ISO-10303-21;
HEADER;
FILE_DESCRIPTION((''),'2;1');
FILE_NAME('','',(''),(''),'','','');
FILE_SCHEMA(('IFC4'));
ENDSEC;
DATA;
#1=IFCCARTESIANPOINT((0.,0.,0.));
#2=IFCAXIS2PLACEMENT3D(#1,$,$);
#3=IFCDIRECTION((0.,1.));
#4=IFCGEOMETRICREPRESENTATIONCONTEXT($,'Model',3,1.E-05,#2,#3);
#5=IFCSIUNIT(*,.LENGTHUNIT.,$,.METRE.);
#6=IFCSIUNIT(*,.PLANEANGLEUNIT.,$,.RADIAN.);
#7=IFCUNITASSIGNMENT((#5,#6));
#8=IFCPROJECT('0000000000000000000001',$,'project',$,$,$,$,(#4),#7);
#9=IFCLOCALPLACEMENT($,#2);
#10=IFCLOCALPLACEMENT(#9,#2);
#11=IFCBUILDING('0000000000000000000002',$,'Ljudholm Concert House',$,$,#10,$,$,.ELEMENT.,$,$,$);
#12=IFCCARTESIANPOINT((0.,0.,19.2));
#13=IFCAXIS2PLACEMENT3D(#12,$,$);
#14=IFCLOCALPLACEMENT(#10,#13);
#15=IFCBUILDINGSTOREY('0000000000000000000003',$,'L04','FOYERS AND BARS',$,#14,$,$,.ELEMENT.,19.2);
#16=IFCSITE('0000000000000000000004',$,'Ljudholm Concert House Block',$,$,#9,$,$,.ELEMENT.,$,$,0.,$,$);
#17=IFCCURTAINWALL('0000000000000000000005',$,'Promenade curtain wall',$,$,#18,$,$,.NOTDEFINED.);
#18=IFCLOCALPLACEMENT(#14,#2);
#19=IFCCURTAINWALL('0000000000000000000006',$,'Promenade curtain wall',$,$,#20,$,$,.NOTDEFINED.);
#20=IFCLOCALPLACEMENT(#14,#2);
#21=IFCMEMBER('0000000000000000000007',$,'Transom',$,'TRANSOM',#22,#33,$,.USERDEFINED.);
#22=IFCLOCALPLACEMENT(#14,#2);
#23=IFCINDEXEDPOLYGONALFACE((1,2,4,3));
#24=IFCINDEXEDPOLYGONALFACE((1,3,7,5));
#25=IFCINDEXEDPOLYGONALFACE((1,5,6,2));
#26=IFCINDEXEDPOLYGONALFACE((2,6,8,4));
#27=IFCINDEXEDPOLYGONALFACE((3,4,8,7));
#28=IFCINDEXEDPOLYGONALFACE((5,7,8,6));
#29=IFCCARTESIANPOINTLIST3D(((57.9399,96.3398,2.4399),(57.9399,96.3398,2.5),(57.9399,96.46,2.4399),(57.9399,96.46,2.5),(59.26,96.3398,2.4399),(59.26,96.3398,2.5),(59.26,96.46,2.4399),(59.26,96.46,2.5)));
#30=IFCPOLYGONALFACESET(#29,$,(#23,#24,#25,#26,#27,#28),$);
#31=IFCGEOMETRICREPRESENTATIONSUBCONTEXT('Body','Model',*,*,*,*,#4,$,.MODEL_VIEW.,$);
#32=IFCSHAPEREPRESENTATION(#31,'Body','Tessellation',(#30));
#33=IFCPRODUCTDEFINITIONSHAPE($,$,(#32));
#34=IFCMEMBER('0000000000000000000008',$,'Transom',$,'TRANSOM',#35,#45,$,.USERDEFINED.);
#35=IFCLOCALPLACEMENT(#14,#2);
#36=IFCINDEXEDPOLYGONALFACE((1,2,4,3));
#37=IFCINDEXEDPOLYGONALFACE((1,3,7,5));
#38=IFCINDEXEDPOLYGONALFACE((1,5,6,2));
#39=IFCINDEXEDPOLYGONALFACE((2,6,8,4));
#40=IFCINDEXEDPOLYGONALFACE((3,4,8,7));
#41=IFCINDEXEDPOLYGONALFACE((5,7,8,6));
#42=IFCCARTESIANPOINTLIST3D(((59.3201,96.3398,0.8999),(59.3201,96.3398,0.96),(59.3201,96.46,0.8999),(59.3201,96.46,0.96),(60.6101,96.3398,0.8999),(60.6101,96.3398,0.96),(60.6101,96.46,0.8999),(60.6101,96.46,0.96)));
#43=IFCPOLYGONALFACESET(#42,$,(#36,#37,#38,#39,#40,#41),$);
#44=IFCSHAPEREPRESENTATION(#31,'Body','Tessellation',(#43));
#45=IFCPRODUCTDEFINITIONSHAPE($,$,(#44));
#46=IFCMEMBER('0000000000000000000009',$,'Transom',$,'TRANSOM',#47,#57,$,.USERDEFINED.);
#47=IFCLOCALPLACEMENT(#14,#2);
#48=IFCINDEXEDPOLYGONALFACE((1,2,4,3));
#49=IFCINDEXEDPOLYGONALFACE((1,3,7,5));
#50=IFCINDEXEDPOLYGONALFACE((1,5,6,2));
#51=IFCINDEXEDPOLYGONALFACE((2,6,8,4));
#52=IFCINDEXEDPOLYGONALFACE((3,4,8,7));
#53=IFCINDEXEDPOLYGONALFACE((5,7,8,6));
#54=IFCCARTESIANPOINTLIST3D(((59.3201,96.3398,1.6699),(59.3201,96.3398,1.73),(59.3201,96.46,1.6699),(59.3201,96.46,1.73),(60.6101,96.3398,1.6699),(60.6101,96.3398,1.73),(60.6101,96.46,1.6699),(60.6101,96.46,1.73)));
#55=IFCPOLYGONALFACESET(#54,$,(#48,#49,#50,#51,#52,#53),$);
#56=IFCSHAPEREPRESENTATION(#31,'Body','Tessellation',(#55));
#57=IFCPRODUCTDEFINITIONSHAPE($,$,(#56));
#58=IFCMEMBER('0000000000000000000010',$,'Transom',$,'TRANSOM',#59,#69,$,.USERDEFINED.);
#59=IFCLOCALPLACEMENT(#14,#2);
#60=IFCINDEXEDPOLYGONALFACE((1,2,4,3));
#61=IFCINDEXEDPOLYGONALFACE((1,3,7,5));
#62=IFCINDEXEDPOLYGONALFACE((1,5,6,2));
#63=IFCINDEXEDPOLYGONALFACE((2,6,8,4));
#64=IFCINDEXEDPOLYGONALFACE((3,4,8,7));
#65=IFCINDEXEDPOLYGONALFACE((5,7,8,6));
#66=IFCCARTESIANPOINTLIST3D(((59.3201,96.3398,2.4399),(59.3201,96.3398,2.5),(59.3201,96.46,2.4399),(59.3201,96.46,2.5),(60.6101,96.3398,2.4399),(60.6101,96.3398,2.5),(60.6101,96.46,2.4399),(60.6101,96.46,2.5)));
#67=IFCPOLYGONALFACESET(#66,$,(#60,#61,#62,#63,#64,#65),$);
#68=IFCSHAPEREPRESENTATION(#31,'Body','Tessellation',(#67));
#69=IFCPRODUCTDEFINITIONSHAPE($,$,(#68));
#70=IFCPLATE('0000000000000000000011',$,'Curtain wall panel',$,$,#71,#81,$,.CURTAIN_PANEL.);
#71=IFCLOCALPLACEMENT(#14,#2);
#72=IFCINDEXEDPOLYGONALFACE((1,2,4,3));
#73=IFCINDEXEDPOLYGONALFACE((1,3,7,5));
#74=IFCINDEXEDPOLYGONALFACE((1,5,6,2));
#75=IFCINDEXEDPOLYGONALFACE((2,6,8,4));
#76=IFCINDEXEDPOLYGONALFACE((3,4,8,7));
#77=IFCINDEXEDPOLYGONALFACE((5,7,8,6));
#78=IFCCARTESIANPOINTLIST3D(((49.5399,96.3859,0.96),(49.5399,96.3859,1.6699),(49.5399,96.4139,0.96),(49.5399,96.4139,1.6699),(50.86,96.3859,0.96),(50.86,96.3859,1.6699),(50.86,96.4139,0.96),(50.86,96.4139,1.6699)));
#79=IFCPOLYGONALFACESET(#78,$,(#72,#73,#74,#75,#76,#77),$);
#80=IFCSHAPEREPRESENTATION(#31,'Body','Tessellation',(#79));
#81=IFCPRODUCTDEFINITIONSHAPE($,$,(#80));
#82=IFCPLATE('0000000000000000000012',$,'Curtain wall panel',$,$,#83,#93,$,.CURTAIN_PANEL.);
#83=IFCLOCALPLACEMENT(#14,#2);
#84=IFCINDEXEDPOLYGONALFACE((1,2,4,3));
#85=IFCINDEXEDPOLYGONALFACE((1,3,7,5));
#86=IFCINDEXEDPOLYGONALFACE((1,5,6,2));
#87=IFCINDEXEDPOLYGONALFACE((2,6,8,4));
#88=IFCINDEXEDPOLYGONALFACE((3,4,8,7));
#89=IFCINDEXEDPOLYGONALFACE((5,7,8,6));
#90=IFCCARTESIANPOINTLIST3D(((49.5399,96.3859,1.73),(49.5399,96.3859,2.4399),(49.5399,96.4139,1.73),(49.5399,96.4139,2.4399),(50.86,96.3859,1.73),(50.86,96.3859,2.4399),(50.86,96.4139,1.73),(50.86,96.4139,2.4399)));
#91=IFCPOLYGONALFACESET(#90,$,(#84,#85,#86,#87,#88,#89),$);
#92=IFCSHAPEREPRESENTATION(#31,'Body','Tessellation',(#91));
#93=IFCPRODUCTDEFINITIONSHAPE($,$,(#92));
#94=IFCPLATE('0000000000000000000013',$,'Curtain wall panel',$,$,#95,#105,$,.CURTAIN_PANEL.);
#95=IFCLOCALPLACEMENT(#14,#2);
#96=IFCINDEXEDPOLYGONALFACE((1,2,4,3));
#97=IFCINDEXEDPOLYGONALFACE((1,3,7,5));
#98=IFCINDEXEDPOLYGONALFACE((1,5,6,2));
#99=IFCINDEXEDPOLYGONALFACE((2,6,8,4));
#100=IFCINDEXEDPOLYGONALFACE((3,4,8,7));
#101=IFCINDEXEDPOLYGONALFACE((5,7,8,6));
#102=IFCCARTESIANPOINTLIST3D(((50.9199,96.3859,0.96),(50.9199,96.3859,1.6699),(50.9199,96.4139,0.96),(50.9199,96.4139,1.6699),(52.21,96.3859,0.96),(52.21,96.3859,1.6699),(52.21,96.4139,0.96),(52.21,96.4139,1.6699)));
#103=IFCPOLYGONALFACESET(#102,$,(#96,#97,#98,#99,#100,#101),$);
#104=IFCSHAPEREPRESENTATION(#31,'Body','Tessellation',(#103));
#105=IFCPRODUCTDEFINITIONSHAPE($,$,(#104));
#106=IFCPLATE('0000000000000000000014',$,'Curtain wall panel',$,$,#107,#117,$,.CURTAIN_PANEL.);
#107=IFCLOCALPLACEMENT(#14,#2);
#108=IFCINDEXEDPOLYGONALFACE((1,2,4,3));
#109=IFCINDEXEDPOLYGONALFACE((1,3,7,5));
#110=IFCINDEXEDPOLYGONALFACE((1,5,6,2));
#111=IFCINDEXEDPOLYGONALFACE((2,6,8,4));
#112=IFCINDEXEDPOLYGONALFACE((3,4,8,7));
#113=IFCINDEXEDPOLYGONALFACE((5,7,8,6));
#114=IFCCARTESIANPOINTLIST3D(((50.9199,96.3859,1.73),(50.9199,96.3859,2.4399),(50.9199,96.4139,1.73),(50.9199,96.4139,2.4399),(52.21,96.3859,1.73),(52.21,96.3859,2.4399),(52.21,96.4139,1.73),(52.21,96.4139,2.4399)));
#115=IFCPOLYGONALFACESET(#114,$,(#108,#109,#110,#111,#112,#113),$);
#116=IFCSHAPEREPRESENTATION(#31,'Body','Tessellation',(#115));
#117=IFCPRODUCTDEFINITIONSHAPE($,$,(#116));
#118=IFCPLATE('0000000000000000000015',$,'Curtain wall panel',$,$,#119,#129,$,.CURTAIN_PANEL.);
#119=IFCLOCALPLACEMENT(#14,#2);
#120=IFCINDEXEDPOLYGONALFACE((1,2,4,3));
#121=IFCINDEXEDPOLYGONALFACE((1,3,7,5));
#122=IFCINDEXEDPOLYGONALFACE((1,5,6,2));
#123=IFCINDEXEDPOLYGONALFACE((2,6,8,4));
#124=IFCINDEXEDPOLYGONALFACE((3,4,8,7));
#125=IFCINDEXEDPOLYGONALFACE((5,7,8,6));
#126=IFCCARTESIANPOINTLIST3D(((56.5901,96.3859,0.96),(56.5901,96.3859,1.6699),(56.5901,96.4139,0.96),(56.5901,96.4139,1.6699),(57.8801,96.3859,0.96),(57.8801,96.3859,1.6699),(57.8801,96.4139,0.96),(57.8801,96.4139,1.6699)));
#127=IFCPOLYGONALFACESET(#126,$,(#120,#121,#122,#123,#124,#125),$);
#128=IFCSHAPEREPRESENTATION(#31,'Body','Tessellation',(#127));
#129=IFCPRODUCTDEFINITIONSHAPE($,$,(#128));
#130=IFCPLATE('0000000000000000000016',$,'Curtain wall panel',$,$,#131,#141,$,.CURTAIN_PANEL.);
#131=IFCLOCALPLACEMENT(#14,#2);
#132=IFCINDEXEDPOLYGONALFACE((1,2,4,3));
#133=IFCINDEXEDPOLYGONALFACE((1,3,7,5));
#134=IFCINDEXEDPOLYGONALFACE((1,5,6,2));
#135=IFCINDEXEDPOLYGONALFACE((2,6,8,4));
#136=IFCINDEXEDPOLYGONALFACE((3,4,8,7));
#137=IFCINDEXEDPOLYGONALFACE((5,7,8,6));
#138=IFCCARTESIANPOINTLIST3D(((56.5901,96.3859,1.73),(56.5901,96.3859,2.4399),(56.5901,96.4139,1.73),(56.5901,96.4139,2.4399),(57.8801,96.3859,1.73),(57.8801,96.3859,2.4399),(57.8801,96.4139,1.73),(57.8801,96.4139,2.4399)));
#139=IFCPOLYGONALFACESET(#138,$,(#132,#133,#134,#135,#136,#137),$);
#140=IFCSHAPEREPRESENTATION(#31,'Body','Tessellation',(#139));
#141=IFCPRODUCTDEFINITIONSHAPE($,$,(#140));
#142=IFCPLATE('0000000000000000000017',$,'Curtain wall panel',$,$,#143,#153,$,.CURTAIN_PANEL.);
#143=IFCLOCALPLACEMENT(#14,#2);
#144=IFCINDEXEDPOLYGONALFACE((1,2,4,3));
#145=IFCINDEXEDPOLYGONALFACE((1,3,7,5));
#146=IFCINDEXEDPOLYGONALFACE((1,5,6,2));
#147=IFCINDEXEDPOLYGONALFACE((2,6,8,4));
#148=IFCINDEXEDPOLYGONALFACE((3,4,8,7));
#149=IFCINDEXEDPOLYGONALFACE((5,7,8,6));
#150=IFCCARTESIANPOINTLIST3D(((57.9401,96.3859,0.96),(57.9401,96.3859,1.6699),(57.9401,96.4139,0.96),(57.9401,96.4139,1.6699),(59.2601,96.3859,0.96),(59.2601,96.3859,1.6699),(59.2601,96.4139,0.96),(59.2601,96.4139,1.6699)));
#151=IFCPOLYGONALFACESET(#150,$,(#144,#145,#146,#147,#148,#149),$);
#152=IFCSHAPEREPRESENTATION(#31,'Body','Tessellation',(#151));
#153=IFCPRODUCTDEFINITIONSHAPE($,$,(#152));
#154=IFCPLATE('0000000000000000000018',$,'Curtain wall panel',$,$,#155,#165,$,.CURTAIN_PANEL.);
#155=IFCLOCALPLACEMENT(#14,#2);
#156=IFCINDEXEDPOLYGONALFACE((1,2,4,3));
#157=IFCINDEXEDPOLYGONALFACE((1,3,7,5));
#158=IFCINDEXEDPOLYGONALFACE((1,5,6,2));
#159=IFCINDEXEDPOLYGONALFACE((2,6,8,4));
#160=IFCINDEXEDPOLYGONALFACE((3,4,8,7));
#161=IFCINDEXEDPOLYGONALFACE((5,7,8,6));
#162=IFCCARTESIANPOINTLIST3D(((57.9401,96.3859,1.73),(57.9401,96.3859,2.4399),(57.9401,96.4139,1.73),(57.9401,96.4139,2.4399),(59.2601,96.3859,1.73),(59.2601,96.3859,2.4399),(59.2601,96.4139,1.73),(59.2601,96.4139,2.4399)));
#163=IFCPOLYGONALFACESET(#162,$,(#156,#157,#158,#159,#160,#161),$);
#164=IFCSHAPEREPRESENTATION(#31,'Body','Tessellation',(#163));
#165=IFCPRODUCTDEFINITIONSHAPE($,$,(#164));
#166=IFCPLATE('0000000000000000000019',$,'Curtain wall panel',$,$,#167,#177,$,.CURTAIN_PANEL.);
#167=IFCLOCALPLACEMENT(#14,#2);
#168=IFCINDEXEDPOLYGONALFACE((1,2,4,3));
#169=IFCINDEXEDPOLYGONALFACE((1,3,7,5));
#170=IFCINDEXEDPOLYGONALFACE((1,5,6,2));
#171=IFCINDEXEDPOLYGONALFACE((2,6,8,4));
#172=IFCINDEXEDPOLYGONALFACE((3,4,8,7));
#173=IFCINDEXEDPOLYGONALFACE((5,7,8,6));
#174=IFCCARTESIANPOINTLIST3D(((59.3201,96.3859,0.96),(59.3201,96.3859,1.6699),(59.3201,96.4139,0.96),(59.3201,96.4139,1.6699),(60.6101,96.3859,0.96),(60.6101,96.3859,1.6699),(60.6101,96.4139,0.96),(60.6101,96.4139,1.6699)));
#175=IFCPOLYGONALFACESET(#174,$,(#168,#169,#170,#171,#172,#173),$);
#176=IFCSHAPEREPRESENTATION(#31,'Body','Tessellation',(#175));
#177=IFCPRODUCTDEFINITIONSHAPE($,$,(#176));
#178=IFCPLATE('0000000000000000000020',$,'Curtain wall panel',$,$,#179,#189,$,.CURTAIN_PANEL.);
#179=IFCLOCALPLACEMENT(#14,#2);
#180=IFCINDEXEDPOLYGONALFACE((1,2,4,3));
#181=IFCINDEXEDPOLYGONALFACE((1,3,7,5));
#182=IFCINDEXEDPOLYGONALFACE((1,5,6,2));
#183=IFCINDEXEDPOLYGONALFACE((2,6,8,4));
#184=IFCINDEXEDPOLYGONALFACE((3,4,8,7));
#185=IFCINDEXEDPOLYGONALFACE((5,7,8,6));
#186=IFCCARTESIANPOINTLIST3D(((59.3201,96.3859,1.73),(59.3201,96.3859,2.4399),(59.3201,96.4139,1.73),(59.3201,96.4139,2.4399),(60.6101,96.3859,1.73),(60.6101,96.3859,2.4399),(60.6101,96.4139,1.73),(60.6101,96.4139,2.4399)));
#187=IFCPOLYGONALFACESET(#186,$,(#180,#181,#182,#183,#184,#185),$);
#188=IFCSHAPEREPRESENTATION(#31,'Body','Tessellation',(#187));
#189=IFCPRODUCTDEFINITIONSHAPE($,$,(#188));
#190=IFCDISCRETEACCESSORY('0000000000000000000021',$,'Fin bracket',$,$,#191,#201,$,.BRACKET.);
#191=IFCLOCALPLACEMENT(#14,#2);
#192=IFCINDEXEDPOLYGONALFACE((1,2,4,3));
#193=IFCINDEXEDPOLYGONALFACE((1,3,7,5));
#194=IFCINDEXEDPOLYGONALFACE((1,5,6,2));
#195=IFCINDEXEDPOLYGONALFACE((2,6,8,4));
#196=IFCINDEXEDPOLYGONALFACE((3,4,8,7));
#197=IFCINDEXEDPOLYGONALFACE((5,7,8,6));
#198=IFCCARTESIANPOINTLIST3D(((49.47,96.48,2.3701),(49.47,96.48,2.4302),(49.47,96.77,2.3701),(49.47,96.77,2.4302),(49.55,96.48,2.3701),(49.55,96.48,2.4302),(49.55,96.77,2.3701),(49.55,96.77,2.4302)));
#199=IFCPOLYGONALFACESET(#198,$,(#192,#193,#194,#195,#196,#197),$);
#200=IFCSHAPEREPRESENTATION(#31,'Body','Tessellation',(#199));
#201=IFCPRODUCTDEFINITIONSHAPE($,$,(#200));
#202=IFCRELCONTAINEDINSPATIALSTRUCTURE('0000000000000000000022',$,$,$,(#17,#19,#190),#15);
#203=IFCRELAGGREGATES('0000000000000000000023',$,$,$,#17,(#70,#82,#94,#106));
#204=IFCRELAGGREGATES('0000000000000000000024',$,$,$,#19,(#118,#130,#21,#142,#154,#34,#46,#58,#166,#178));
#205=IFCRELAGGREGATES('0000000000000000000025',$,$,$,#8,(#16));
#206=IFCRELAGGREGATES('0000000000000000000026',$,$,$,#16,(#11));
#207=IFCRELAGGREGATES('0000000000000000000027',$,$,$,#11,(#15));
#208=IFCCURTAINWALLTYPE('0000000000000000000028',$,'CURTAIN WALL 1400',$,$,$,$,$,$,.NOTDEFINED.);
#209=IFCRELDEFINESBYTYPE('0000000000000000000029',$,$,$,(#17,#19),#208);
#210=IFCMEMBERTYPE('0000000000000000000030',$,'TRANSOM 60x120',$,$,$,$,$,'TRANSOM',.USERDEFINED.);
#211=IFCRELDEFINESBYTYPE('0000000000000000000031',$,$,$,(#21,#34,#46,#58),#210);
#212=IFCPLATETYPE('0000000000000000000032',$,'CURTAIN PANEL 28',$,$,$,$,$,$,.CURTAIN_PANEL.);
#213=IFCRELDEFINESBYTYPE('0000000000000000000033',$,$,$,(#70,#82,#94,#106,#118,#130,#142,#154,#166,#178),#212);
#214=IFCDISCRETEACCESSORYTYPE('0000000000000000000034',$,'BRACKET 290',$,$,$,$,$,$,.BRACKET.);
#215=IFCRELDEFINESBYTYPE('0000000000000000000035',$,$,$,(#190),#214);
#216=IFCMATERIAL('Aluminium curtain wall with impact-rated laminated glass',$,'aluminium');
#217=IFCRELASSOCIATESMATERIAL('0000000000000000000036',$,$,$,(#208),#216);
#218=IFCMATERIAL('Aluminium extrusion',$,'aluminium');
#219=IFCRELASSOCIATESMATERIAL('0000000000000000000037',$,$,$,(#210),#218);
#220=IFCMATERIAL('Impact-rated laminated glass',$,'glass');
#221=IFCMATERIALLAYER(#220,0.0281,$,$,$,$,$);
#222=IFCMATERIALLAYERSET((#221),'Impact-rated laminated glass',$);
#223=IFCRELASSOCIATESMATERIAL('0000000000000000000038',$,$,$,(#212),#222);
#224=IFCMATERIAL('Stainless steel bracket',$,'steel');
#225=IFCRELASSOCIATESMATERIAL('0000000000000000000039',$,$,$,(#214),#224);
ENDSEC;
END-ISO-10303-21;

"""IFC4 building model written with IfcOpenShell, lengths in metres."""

from ifc_helpers import new_model, si_unit, direction, frame, origin, origin_2d, place, context, subcontext, project, spatial, rectangle, extrude, material, layer, layer_set, material_profile, profile_set, type_object, element, aggregate, save


model = new_model("IFC4")

# Units and contexts
model_context = context("Model", 3, precision=1e-05, world=origin(), true_north=direction((0.0, 1.0)))
body_context = subcontext(model_context, "Body", "Model", "MODEL_VIEW")
ifc_project = project(units=[si_unit("LENGTHUNIT", "METRE"), si_unit("PLANEANGLEUNIT", "RADIAN")], contexts=[model_context])

# Site, building, storey
site_placement = place(None, origin())
site = spatial("IfcSite", under=ifc_project, at=site_placement, Name="Ljudholm Concert House Block", CompositionType="ELEMENT", RefElevation=0.0)
building_placement = place(site_placement, origin())
building = spatial("IfcBuilding", under=site, at=building_placement, Name="Ljudholm Concert House", CompositionType="ELEMENT")
storey_placement = place(building_placement, frame((0.0, 0.0, 19.2)))
storey = spatial("IfcBuildingStorey", under=building, at=storey_placement, Name="L04", Description="FOYERS AND BARS", CompositionType="ELEMENT", Elevation=19.2)

# Curtain walls, members
ifc_material_1 = material(Name="Aluminium curtain wall with impact-rated laminated glass", Category="aluminium")
curtain_wall_type = type_object("IfcCurtainWallType", Name="CURTAIN WALL 1400", PredefinedType="NOTDEFINED", material=ifc_material_1)
curtain_wall_1_placement = place(storey_placement, origin())
curtain_wall_1 = element("IfcCurtainWall", 1, at=curtain_wall_1_placement, inside=storey, type_object=curtain_wall_type, Name="Promenade curtain wall", PredefinedType="NOTDEFINED")
ifc_material_2 = material(Name="Aluminium extrusion", Category="aluminium")
ifc_material_profile_1 = material_profile(ifc_material_2, rectangle(XDim=0.1201, YDim=0.0601, at=origin_2d()), Name="TRANSOM 60x120")
ifc_profile_set_1 = profile_set([ifc_material_profile_1], Name="Aluminium extrusion")
member_type = type_object("IfcMemberType", Name="TRANSOM 60x120", ElementType="TRANSOM", PredefinedType="USERDEFINED", material=ifc_profile_set_1)
curtain_wall_2_placement = place(storey_placement, origin())
curtain_wall_2 = element("IfcCurtainWall", 2, at=curtain_wall_2_placement, inside=storey, type_object=curtain_wall_type, Name="Promenade curtain wall", PredefinedType="NOTDEFINED")
member_1_placement = place(storey_placement, frame((57.9399, 96.3999, 2.47), z_axis=(1.0, 0.0, 0.0), x_axis=(0.0, 1.0, 0.0)))
member_1 = element("IfcMember", 3, at=member_1_placement, type_object=member_type, Name="Transom", ObjectType="TRANSOM", PredefinedType="USERDEFINED", context=body_context, shape_type="SweptSolid", body=[
    extrude(rectangle(XDim=0.1201, YDim=0.0601, at=origin_2d()), origin(), (0.0, 0.0, 1.0), 1.3201),
])
member_2_placement = place(storey_placement, frame((59.3201, 96.3999, 0.9299), z_axis=(1.0, 0.0, 0.0), x_axis=(0.0, 1.0, 0.0)))
member_2 = element("IfcMember", 4, at=member_2_placement, type_object=member_type, Name="Transom", ObjectType="TRANSOM", PredefinedType="USERDEFINED", context=body_context, shape_type="SweptSolid", body=[
    extrude(rectangle(XDim=0.1201, YDim=0.0601, at=origin_2d()), origin(), (0.0, 0.0, 1.0), 1.29),
])
member_3_placement = place(storey_placement, frame((59.3201, 96.3999, 1.7), z_axis=(1.0, 0.0, 0.0), x_axis=(0.0, 1.0, 0.0)))
member_3 = element("IfcMember", 5, at=member_3_placement, type_object=member_type, Name="Transom", ObjectType="TRANSOM", PredefinedType="USERDEFINED", context=body_context, shape_type="SweptSolid", body=[
    extrude(rectangle(XDim=0.1201, YDim=0.0601, at=origin_2d()), origin(), (0.0, 0.0, 1.0), 1.29),
])
member_4_placement = place(storey_placement, frame((59.3201, 96.3999, 2.47), z_axis=(1.0, 0.0, 0.0), x_axis=(0.0, 1.0, 0.0)))
member_4 = element("IfcMember", 6, at=member_4_placement, type_object=member_type, Name="Transom", ObjectType="TRANSOM", PredefinedType="USERDEFINED", context=body_context, shape_type="SweptSolid", body=[
    extrude(rectangle(XDim=0.1201, YDim=0.0601, at=origin_2d()), origin(), (0.0, 0.0, 1.0), 1.29),
])

# Plates
ifc_material_3 = material(Name="Impact-rated laminated glass", Category="glass")
ifc_layer_1 = layer(ifc_material_3, 0.0281)
ifc_layer_set_1 = layer_set([ifc_layer_1], Name="Impact-rated laminated glass")
plate_type = type_object("IfcPlateType", Name="CURTAIN PANEL 28", PredefinedType="CURTAIN_PANEL", material=ifc_layer_set_1)
plate_1_placement = place(storey_placement, frame((50.2, 96.3999, 0.96), z_axis=(0.0, 0.0, 1.0), x_axis=(1.0, 0.0, 0.0)))
plate_1 = element("IfcPlate", 7, at=plate_1_placement, type_object=plate_type, Name="Curtain wall panel", PredefinedType="CURTAIN_PANEL", context=body_context, shape_type="SweptSolid", body=[
    extrude(rectangle(XDim=1.3201, YDim=0.0281, at=origin_2d()), origin(), (0.0, 0.0, 1.0), 0.71),
])
plate_2_placement = place(storey_placement, frame((50.2, 96.3999, 1.73), z_axis=(0.0, 0.0, 1.0), x_axis=(1.0, 0.0, 0.0)))
plate_2 = element("IfcPlate", 8, at=plate_2_placement, type_object=plate_type, Name="Curtain wall panel", PredefinedType="CURTAIN_PANEL", context=body_context, shape_type="SweptSolid", body=[
    extrude(rectangle(XDim=1.3201, YDim=0.0281, at=origin_2d()), origin(), (0.0, 0.0, 1.0), 0.71),
])
plate_3_placement = place(storey_placement, frame((51.5649, 96.3999, 0.96), z_axis=(0.0, 0.0, 1.0), x_axis=(1.0, 0.0, 0.0)))
plate_3 = element("IfcPlate", 9, at=plate_3_placement, type_object=plate_type, Name="Curtain wall panel", PredefinedType="CURTAIN_PANEL", context=body_context, shape_type="SweptSolid", body=[
    extrude(rectangle(XDim=1.29, YDim=0.0281, at=origin_2d()), origin(), (0.0, 0.0, 1.0), 0.71),
])
plate_4_placement = place(storey_placement, frame((51.5649, 96.3999, 1.73), z_axis=(0.0, 0.0, 1.0), x_axis=(1.0, 0.0, 0.0)))
plate_4 = element("IfcPlate", 10, at=plate_4_placement, type_object=plate_type, Name="Curtain wall panel", PredefinedType="CURTAIN_PANEL", context=body_context, shape_type="SweptSolid", body=[
    extrude(rectangle(XDim=1.29, YDim=0.0281, at=origin_2d()), origin(), (0.0, 0.0, 1.0), 0.71),
])
aggregate(curtain_wall_1, [plate_1, plate_2, plate_3, plate_4])
plate_5_placement = place(storey_placement, frame((57.2351, 96.3999, 0.96), z_axis=(0.0, 0.0, 1.0), x_axis=(1.0, 0.0, 0.0)))
plate_5 = element("IfcPlate", 11, at=plate_5_placement, type_object=plate_type, Name="Curtain wall panel", PredefinedType="CURTAIN_PANEL", context=body_context, shape_type="SweptSolid", body=[
    extrude(rectangle(XDim=1.29, YDim=0.0281, at=origin_2d()), origin(), (0.0, 0.0, 1.0), 0.71),
])
plate_6_placement = place(storey_placement, frame((57.2351, 96.3999, 1.73), z_axis=(0.0, 0.0, 1.0), x_axis=(1.0, 0.0, 0.0)))
plate_6 = element("IfcPlate", 12, at=plate_6_placement, type_object=plate_type, Name="Curtain wall panel", PredefinedType="CURTAIN_PANEL", context=body_context, shape_type="SweptSolid", body=[
    extrude(rectangle(XDim=1.29, YDim=0.0281, at=origin_2d()), origin(), (0.0, 0.0, 1.0), 0.71),
])
plate_7_placement = place(storey_placement, frame((58.6001, 96.3999, 0.96), z_axis=(0.0, 0.0, 1.0), x_axis=(1.0, 0.0, 0.0)))
plate_7 = element("IfcPlate", 13, at=plate_7_placement, type_object=plate_type, Name="Curtain wall panel", PredefinedType="CURTAIN_PANEL", context=body_context, shape_type="SweptSolid", body=[
    extrude(rectangle(XDim=1.3201, YDim=0.0281, at=origin_2d()), origin(), (0.0, 0.0, 1.0), 0.71),
])
plate_8_placement = place(storey_placement, frame((58.6001, 96.3999, 1.73), z_axis=(0.0, 0.0, 1.0), x_axis=(1.0, 0.0, 0.0)))
plate_8 = element("IfcPlate", 14, at=plate_8_placement, type_object=plate_type, Name="Curtain wall panel", PredefinedType="CURTAIN_PANEL", context=body_context, shape_type="SweptSolid", body=[
    extrude(rectangle(XDim=1.3201, YDim=0.0281, at=origin_2d()), origin(), (0.0, 0.0, 1.0), 0.71),
])
plate_9_placement = place(storey_placement, frame((59.9651, 96.3999, 0.96), z_axis=(0.0, 0.0, 1.0), x_axis=(1.0, 0.0, 0.0)))
plate_9 = element("IfcPlate", 15, at=plate_9_placement, type_object=plate_type, Name="Curtain wall panel", PredefinedType="CURTAIN_PANEL", context=body_context, shape_type="SweptSolid", body=[
    extrude(rectangle(XDim=1.29, YDim=0.0281, at=origin_2d()), origin(), (0.0, 0.0, 1.0), 0.71),
])
plate_10_placement = place(storey_placement, frame((59.9651, 96.3999, 1.73), z_axis=(0.0, 0.0, 1.0), x_axis=(1.0, 0.0, 0.0)))
plate_10 = element("IfcPlate", 16, at=plate_10_placement, type_object=plate_type, Name="Curtain wall panel", PredefinedType="CURTAIN_PANEL", context=body_context, shape_type="SweptSolid", body=[
    extrude(rectangle(XDim=1.29, YDim=0.0281, at=origin_2d()), origin(), (0.0, 0.0, 1.0), 0.71),
])
aggregate(curtain_wall_2, [plate_5, plate_6, member_1, plate_7, plate_8, member_2, member_3, member_4, plate_9, plate_10])

# Discrete accessory
ifc_material_4 = material(Name="Stainless steel bracket", Category="steel")
discrete_accessory_type_1 = type_object("IfcDiscreteAccessoryType", Name="BRACKET 290", PredefinedType="BRACKET", material=ifc_material_4)
for number, where, z_axis, x_axis, name in (
    (17, (49.51, 96.625, 2.3701), (0.0, 0.0, 1.0), (0.0, 1.0, 0.0), "Fin bracket"),
):
    element("IfcDiscreteAccessory", number, at=place(storey_placement, frame(where, z_axis=z_axis, x_axis=x_axis)), inside=storey, type_object=discrete_accessory_type_1, Name=name, PredefinedType="BRACKET", context=body_context, shape_type="SweptSolid", body=[
        extrude(rectangle(XDim=0.29, YDim=0.0801, at=origin_2d()), origin(), (0.0, 0.0, 1.0), 0.0601),
    ])

save(model, "model.ifc")
